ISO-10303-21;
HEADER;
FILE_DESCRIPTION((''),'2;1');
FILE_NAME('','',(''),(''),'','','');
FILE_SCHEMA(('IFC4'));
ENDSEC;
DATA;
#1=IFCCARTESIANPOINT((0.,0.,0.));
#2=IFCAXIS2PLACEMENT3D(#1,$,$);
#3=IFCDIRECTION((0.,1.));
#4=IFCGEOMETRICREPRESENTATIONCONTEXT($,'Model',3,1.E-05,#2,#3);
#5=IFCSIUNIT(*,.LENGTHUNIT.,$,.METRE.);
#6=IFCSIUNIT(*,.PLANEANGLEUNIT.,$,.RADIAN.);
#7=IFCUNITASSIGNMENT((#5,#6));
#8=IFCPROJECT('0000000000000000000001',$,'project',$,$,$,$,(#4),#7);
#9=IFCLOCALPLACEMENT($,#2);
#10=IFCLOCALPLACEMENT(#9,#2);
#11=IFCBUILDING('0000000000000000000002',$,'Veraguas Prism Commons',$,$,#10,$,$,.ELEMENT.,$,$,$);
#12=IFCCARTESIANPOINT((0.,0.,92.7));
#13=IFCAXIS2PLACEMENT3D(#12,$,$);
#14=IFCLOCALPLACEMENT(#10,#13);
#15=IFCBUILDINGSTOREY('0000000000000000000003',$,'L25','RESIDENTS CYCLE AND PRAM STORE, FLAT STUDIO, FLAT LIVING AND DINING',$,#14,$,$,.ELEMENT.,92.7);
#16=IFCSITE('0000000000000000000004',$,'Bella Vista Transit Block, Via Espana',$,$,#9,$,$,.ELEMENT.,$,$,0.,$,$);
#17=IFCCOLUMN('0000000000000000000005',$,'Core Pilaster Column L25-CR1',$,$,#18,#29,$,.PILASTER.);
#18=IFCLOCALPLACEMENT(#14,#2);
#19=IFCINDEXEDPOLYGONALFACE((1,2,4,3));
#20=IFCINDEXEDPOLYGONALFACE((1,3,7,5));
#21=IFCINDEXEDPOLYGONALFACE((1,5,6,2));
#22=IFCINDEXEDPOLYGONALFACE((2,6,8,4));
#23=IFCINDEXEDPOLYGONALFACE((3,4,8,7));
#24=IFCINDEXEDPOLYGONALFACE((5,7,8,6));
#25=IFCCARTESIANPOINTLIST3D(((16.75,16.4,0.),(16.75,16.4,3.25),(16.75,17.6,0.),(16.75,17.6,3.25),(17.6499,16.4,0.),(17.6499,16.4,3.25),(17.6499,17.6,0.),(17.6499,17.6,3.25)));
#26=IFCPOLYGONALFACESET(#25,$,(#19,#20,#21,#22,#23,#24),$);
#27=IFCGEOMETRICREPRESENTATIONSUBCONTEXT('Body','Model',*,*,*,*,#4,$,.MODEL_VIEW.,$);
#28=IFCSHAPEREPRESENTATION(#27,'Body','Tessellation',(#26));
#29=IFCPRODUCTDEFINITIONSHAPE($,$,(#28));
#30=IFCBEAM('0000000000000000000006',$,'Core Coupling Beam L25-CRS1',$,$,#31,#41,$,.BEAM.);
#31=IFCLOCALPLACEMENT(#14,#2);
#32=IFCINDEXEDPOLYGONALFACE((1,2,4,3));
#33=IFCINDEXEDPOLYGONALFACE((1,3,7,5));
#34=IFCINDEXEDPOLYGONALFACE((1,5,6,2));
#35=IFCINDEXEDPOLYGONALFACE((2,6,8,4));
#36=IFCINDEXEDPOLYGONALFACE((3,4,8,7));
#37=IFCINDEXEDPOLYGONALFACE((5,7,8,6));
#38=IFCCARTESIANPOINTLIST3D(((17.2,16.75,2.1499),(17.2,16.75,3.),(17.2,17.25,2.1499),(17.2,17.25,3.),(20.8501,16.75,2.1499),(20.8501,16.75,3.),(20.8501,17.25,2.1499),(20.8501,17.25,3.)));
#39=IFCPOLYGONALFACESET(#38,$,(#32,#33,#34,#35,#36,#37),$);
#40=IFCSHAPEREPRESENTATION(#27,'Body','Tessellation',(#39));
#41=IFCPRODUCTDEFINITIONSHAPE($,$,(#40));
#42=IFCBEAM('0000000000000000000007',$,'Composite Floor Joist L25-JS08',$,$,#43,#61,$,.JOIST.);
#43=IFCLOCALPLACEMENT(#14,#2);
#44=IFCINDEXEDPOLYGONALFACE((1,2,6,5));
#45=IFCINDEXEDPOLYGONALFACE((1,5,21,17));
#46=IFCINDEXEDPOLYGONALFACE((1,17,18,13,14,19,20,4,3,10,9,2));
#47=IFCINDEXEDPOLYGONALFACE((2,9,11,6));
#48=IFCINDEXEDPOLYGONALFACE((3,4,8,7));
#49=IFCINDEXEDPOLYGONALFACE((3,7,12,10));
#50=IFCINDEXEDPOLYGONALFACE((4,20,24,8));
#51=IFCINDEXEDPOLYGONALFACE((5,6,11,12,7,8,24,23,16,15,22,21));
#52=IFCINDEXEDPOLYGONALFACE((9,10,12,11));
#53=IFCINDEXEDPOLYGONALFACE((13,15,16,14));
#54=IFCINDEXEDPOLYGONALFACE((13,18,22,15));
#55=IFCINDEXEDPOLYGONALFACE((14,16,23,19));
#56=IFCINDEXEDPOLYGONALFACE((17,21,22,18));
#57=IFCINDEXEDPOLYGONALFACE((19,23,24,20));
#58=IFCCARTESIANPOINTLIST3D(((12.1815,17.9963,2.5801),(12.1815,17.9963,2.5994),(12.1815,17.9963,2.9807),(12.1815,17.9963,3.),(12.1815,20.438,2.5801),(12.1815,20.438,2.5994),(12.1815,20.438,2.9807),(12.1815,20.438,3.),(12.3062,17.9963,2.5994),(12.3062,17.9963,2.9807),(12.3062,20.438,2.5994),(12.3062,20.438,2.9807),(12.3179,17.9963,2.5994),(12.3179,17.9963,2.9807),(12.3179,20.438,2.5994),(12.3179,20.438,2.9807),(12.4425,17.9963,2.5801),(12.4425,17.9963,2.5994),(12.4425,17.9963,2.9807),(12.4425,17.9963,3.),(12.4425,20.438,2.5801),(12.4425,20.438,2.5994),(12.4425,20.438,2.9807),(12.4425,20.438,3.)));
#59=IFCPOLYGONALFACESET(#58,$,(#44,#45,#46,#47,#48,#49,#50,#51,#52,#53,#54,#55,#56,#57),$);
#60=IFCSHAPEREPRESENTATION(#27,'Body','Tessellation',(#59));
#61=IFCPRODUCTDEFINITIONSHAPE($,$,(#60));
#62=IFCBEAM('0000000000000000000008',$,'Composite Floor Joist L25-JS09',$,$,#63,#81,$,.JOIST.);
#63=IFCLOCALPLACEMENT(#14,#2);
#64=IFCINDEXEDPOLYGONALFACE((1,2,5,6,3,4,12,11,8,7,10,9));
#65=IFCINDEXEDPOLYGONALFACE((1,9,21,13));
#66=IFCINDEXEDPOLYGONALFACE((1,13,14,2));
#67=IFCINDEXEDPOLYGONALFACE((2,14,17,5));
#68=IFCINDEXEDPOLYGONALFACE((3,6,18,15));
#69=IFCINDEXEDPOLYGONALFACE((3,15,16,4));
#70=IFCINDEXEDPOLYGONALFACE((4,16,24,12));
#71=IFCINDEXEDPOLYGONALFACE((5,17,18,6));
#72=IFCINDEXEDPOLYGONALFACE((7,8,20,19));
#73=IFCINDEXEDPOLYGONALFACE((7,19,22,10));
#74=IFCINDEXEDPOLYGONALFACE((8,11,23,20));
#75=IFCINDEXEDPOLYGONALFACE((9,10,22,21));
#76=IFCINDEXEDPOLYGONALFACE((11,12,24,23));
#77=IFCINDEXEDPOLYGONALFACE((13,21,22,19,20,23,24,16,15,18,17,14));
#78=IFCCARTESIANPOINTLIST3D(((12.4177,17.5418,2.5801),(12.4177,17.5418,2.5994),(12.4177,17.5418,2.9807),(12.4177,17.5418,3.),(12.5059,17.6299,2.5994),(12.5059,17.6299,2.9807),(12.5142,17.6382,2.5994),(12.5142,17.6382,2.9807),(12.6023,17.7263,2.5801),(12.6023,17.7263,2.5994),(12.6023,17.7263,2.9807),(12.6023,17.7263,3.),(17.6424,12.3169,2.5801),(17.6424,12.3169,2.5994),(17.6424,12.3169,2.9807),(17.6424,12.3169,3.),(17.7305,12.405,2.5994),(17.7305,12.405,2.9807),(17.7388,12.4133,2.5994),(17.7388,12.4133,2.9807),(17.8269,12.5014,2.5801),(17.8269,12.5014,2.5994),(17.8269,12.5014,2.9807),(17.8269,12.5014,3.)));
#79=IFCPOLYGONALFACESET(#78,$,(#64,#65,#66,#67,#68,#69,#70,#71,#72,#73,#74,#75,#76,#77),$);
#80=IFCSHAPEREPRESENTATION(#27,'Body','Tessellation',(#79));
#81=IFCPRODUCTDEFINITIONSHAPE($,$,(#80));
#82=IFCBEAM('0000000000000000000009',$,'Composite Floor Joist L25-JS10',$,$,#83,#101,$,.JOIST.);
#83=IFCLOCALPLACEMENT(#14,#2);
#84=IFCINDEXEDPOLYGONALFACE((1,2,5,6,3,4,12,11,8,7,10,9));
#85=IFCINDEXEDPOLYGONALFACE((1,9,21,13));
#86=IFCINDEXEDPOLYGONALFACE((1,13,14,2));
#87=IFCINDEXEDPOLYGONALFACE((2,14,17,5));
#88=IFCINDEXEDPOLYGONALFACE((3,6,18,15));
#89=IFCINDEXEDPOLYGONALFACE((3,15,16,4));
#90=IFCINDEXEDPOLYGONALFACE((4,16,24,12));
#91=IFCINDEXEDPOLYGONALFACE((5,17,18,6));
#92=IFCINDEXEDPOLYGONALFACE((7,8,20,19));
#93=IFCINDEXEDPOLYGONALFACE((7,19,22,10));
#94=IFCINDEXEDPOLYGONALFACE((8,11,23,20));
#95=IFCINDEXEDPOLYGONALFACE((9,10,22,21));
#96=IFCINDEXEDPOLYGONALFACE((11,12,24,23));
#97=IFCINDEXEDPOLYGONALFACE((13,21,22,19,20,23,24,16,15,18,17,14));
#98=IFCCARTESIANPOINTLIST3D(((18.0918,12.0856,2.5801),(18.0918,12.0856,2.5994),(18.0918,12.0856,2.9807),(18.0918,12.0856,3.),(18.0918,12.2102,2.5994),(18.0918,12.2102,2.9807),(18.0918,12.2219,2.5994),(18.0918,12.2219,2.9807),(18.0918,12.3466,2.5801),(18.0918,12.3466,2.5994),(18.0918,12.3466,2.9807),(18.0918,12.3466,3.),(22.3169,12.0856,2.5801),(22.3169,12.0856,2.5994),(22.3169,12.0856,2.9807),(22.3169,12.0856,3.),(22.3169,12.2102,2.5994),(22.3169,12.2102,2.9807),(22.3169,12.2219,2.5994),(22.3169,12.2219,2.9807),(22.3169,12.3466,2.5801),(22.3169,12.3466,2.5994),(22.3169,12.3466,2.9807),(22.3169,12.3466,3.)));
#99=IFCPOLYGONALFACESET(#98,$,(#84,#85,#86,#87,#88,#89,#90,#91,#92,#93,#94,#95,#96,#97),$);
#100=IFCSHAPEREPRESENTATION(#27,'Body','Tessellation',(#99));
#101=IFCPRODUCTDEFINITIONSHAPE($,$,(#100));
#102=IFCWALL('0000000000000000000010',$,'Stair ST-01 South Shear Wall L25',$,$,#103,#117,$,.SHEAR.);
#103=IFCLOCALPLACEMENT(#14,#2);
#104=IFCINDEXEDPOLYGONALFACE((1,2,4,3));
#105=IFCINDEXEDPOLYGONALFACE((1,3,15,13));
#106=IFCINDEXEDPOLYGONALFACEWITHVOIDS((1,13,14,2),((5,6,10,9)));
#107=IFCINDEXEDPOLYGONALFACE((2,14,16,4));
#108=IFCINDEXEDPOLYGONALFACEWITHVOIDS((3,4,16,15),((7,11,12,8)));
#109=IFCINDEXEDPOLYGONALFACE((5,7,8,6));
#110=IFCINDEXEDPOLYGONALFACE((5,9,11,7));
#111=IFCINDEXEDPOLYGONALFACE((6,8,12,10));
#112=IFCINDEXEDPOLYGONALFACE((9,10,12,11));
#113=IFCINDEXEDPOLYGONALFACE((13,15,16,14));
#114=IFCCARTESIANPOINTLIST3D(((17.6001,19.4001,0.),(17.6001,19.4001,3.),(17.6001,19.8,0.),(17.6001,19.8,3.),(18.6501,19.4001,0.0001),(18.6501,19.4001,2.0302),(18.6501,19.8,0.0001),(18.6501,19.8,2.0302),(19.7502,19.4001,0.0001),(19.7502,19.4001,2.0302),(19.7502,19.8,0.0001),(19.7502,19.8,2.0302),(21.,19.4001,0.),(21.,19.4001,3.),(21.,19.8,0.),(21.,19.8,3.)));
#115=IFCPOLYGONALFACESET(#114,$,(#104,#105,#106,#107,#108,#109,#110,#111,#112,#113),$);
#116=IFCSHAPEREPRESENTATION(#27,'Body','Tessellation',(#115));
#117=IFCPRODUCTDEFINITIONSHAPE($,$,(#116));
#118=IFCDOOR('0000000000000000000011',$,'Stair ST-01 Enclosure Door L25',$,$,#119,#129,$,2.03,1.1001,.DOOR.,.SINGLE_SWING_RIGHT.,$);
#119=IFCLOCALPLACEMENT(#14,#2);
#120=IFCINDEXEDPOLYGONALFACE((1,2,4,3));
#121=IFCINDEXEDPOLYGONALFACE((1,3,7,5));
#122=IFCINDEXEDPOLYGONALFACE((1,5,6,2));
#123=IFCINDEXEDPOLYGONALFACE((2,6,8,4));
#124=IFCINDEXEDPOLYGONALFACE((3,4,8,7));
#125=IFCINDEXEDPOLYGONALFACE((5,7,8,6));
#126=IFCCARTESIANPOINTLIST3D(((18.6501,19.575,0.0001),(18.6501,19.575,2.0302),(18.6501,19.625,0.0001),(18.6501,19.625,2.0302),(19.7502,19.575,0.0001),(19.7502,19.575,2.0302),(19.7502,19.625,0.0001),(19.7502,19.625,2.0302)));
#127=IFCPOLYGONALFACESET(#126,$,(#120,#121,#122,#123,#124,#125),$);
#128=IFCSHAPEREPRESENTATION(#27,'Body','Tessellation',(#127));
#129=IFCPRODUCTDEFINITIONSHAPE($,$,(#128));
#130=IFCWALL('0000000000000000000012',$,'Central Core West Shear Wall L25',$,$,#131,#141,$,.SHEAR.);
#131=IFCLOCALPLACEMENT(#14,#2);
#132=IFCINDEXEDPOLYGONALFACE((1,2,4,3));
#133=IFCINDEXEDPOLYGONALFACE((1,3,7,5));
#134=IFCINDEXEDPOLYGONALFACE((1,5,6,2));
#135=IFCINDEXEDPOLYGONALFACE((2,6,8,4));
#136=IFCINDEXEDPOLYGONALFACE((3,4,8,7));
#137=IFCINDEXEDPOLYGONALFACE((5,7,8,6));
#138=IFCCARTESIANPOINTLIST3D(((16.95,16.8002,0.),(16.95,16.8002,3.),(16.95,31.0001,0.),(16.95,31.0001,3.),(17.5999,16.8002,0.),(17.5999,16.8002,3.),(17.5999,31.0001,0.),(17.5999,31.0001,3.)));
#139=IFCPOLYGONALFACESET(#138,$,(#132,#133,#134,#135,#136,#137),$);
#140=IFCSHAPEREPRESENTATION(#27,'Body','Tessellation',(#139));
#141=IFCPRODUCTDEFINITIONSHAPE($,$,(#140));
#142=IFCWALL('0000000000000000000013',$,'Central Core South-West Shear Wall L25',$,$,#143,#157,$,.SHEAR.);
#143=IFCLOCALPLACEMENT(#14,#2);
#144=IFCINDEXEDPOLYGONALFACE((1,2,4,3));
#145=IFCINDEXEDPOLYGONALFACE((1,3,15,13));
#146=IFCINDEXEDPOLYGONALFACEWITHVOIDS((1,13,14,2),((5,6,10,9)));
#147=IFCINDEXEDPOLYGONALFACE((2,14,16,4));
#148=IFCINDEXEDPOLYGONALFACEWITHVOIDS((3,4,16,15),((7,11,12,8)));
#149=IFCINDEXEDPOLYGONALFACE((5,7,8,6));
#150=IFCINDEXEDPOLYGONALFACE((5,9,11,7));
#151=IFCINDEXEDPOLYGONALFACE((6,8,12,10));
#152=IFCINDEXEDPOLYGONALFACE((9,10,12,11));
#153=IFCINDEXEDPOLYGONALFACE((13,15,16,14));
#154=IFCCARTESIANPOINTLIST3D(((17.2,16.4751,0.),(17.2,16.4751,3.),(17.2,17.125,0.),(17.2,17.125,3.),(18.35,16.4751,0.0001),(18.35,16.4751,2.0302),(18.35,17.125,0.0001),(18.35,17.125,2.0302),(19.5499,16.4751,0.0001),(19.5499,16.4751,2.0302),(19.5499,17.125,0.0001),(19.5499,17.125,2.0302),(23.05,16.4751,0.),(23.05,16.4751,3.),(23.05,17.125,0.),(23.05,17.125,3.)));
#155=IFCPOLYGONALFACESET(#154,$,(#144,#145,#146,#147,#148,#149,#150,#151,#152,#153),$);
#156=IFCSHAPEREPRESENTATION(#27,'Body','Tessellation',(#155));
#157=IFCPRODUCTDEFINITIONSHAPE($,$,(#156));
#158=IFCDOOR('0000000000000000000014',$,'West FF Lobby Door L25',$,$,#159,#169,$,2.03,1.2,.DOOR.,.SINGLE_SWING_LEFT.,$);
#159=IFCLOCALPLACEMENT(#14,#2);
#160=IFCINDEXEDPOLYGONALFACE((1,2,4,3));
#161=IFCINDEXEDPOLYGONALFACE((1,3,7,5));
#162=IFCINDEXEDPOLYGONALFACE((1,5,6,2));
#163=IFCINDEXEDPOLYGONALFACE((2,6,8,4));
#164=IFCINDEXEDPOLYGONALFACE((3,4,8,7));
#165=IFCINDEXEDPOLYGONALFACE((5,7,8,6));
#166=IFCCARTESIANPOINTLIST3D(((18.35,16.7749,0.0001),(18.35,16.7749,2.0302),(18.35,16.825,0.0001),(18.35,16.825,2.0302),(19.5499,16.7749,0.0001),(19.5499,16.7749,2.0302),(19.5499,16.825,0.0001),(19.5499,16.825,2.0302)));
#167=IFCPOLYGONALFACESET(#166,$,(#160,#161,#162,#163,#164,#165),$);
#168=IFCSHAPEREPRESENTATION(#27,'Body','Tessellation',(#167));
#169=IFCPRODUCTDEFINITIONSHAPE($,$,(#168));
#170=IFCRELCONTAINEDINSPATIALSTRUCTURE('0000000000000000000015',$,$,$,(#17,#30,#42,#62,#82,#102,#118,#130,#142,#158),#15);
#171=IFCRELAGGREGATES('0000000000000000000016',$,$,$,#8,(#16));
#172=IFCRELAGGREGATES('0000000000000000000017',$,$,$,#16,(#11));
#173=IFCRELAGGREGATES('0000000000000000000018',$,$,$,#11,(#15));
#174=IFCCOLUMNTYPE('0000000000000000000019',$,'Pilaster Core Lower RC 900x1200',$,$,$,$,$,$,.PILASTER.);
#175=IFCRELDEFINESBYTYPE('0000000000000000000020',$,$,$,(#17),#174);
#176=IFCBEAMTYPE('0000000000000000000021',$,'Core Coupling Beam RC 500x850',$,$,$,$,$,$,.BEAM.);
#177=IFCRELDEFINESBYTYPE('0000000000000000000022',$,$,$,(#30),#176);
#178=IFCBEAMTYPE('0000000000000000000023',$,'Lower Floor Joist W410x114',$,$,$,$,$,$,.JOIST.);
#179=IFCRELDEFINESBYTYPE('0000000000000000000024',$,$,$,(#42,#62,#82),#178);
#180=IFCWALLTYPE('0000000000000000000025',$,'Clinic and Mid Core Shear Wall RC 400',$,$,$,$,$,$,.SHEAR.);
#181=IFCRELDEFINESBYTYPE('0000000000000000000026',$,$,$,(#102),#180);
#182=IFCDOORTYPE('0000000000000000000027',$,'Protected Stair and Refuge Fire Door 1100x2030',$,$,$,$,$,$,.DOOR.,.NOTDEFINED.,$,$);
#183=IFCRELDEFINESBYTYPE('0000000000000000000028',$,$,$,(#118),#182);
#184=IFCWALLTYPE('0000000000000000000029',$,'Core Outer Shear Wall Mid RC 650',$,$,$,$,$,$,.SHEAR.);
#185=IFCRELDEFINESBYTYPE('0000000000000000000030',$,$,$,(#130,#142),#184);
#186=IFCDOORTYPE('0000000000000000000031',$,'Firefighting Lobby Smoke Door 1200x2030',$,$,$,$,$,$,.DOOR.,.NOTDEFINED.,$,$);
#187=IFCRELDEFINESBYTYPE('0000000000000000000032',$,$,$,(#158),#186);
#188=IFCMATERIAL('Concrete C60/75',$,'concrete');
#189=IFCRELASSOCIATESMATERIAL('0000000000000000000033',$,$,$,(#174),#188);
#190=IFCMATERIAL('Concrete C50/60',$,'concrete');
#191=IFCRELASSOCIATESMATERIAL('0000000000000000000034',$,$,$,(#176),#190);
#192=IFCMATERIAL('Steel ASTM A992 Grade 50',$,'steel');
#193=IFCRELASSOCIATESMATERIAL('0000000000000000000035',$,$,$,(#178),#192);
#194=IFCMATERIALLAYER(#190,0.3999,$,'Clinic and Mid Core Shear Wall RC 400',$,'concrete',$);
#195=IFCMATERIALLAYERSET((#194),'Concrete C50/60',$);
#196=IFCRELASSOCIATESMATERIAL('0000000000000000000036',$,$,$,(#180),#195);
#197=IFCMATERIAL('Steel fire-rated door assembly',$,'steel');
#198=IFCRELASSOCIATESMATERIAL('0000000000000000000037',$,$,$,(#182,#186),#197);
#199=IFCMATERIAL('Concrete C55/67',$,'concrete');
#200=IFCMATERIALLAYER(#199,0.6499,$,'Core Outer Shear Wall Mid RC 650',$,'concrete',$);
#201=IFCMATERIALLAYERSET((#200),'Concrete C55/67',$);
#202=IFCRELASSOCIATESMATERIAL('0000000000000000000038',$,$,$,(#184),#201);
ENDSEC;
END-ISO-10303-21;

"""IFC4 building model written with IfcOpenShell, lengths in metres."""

from ifc_helpers import new_model, si_unit, direction, frame, frame_2d, origin, origin_2d, place, context, subcontext, project, spatial, rectangle, i_section, extrude, source, transform, mapped, material, layer, layer_set, material_profile, profile_set, type_object, element, fill, save


model = new_model("IFC4")

# Units and contexts
model_context = context("Model", 3, precision=1e-05, world=origin(), true_north=direction((0.0, 1.0)))
body_context = subcontext(model_context, "Body", "Model", "MODEL_VIEW")
ifc_project = project(units=[si_unit("LENGTHUNIT", "METRE"), si_unit("PLANEANGLEUNIT", "RADIAN")], contexts=[model_context])

# Site, building, storey
site_placement = place(None, origin())
site = spatial("IfcSite", under=ifc_project, at=site_placement, Name="Bella Vista Transit Block, Via Espana", CompositionType="ELEMENT", RefElevation=0.0)
building_placement = place(site_placement, origin())
building = spatial("IfcBuilding", under=site, at=building_placement, Name="Veraguas Prism Commons", CompositionType="ELEMENT")
storey_placement = place(building_placement, frame((0.0, 0.0, 92.7)))
storey = spatial("IfcBuildingStorey", under=building, at=storey_placement, Name="L25", Description="RESIDENTS CYCLE AND PRAM STORE, FLAT STUDIO, FLAT LIVING AND DINING", CompositionType="ELEMENT", Elevation=92.7)

# Column
ifc_material_1 = material(Name="Concrete C60/75", Category="concrete")
ifc_material_profile_1 = material_profile(ifc_material_1, rectangle(XDim=0.8999, YDim=1.2, at=origin_2d()), Name="RC900X1200")
ifc_profile_set_1 = profile_set([ifc_material_profile_1], Name="Concrete C60/75")
column_type = type_object("IfcColumnType", Name="Pilaster Core Lower RC 900x1200", PredefinedType="PILASTER", material=ifc_profile_set_1)
column_placement = place(storey_placement, frame((17.2, 17.0, 0.0), z_axis=(0.0, 0.0, 1.0), x_axis=(1.0, 0.0, 0.0)))
element("IfcColumn", 1, at=column_placement, inside=storey, type_object=column_type, Name="Core Pilaster Column L25-CR1", PredefinedType="PILASTER", context=body_context, shape_type="SweptSolid", body=[
    extrude(rectangle(XDim=0.8999, YDim=1.2, at=origin_2d()), origin(), (0.0, 0.0, 1.0), 3.25),
])

# Beams
ifc_material_2 = material(Name="Concrete C50/60", Category="concrete")
ifc_material_profile_2 = material_profile(ifc_material_2, rectangle(XDim=0.5, YDim=0.8501, at=origin_2d()), Name="RC500X850")
ifc_profile_set_2 = profile_set([ifc_material_profile_2], Name="Concrete C50/60")
beam_type_1 = type_object("IfcBeamType", Name="Core Coupling Beam RC 500x850", PredefinedType="BEAM", material=ifc_profile_set_2)
beam_1_placement = place(storey_placement, frame((17.2, 17.0, 2.575), z_axis=(1.0, 0.0, 0.0), x_axis=(0.0, 1.0, 0.0)))
element("IfcBeam", 2, at=beam_1_placement, inside=storey, type_object=beam_type_1, Name="Core Coupling Beam L25-CRS1", PredefinedType="BEAM", context=body_context, shape_type="SweptSolid", body=[
    extrude(rectangle(XDim=0.5, YDim=0.8501, at=origin_2d()), origin(), (0.0, 0.0, 1.0), 3.6501),
])
ifc_material_3 = material(Name="Steel ASTM A992 Grade 50", Category="steel")
ifc_material_profile_3 = material_profile(ifc_material_3, i_section(OverallWidth=0.261, OverallDepth=0.4199, WebThickness=0.0117, FlangeThickness=0.0193, at=origin_2d()), Name="W410X114")
ifc_profile_set_3 = profile_set([ifc_material_profile_3], Name="Steel ASTM A992 Grade 50")
beam_type_2 = type_object("IfcBeamType", Name="Lower Floor Joist W410x114", PredefinedType="JOIST", material=ifc_profile_set_3)
beam_2_placement = place(storey_placement, frame((12.312, 20.438, 2.79), z_axis=(0.0, -1.0, 0.0), x_axis=(1.0, 0.0, 0.0)))
element("IfcBeam", 3, at=beam_2_placement, inside=storey, type_object=beam_type_2, Name="Composite Floor Joist L25-JS08", PredefinedType="JOIST", context=body_context, shape_type="SweptSolid", body=[
    extrude(i_section(OverallWidth=0.261, OverallDepth=0.4199, WebThickness=0.0117, FlangeThickness=0.0193, at=origin_2d()), origin(), (0.0, 0.0, 1.0), 2.4417),
])
beam_3_placement = place(storey_placement, frame((12.51, 17.634, 2.79), z_axis=(0.70709, -0.707123, 0.0), x_axis=(0.707123, 0.70709, 0.0)))
element("IfcBeam", 4, at=beam_3_placement, inside=storey, type_object=beam_type_2, Name="Composite Floor Joist L25-JS09", PredefinedType="JOIST", context=body_context, shape_type="SweptSolid", body=[
    extrude(i_section(OverallWidth=0.261, OverallDepth=0.4199, WebThickness=0.0117, FlangeThickness=0.0193, at=origin_2d()), origin(), (0.0, 0.0, 1.0), 7.3889),
])
beam_4_placement = place(storey_placement, frame((18.0918, 12.2161, 2.79), z_axis=(1.0, 0.0, 0.0), x_axis=(0.0, 1.0, 0.0)))
element("IfcBeam", 5, at=beam_4_placement, inside=storey, type_object=beam_type_2, Name="Composite Floor Joist L25-JS10", PredefinedType="JOIST", context=body_context, shape_type="SweptSolid", body=[
    extrude(i_section(OverallWidth=0.261, OverallDepth=0.4199, WebThickness=0.0117, FlangeThickness=0.0193, at=origin_2d()), origin(), (0.0, 0.0, 1.0), 4.2251),
])

# Wall, opening, door
ifc_layer_1 = layer(ifc_material_2, 0.3999, Name="Clinic and Mid Core Shear Wall RC 400", Category="concrete")
ifc_layer_set_1 = layer_set([ifc_layer_1], Name="Concrete C50/60")
wall_type_1 = type_object("IfcWallType", Name="Clinic and Mid Core Shear Wall RC 400", PredefinedType="SHEAR", material=ifc_layer_set_1)
wall_1_placement = place(storey_placement, frame((17.6001, 19.6001, 0.0), z_axis=(0.0, 0.0, 1.0), x_axis=(1.0, 0.0, 0.0)))
wall_1 = element("IfcWall", 6, at=wall_1_placement, inside=storey, type_object=wall_type_1, Name="Stair ST-01 South Shear Wall L25", PredefinedType="SHEAR", context=body_context, shape_type="SweptSolid", body=[
    extrude(rectangle(XDim=3.3999, YDim=0.3999, at=frame_2d((1.7, 0.0))), origin(), (0.0, 0.0, 1.0), 3.0),
])
opening_1_placement = place(wall_1_placement, frame((1.05, 0.0, 0.0)))
opening_1 = element("IfcOpeningElement", 7, at=opening_1_placement, cuts=wall_1, PredefinedType="OPENING", context=body_context, shape_type="SweptSolid", body=[
    extrude(rectangle(XDim=1.1001, YDim=2.03, at=frame_2d((0.55, 1.0151))), frame((0.0, 0.21, 0.0), z_axis=(0.0, -1.0, 0.0), x_axis=(1.0, 0.0, 0.0)), (0.0, 0.0, 1.0), 0.4199),
])
ifc_material_4 = material(Name="Steel fire-rated door assembly", Category="steel")
door_type_1 = type_object("IfcDoorType", Name="Protected Stair and Refuge Fire Door 1100x2030", OperationType="NOTDEFINED", PredefinedType="DOOR", material=ifc_material_4)
shared_shape_1 = source(origin(), body_context, "Body", "SweptSolid", [
    extrude(rectangle(XDim=1.1001, YDim=2.03, at=frame_2d((0.55, 1.0151))), frame((0.0, 0.0249, 0.0), z_axis=(0.0, -1.0, 0.0), x_axis=(1.0, 0.0, 0.0)), (0.0, 0.0, 1.0), 0.05),
])
door_1_placement = place(opening_1_placement, origin())
door_1 = element("IfcDoor", 8, at=door_1_placement, inside=storey, type_object=door_type_1, Name="Stair ST-01 Enclosure Door L25", OperationType="SINGLE_SWING_RIGHT", OverallHeight=2.03, OverallWidth=1.1001, PredefinedType="DOOR", context=body_context, shape_type="MappedRepresentation", body=[
    mapped(shared_shape_1, transform((0.0, 0.0, 0.0), scale=1.0)),
])
fill(opening_1, door_1)

# Wall
ifc_material_5 = material(Name="Concrete C55/67", Category="concrete")
ifc_layer_2 = layer(ifc_material_5, 0.6499, Name="Core Outer Shear Wall Mid RC 650", Category="concrete")
ifc_layer_set_2 = layer_set([ifc_layer_2], Name="Concrete C55/67")
wall_type_2 = type_object("IfcWallType", Name="Core Outer Shear Wall Mid RC 650", PredefinedType="SHEAR", material=ifc_layer_set_2)
wall_2_placement = place(storey_placement, frame((17.2749, 16.8, 0.0), z_axis=(0.0, 0.0, 1.0), x_axis=(0.0, 1.0, 0.0)))
element("IfcWall", 9, at=wall_2_placement, inside=storey, type_object=wall_type_2, Name="Central Core West Shear Wall L25", PredefinedType="SHEAR", context=body_context, shape_type="SweptSolid", body=[
    extrude(rectangle(XDim=14.2, YDim=0.6499, at=frame_2d((7.1001, 0.0))), origin(), (0.0, 0.0, 1.0), 3.0),
])

# Wall, opening, door
wall_3_placement = place(storey_placement, frame((17.2, 16.8, 0.0), z_axis=(0.0, 0.0, 1.0), x_axis=(1.0, 0.0, 0.0)))
wall_3 = element("IfcWall", 10, at=wall_3_placement, inside=storey, type_object=wall_type_2, Name="Central Core South-West Shear Wall L25", PredefinedType="SHEAR", context=body_context, shape_type="SweptSolid", body=[
    extrude(rectangle(XDim=5.8501, YDim=0.6499, at=frame_2d((2.925, 0.0))), origin(), (0.0, 0.0, 1.0), 3.0),
])
opening_2_placement = place(wall_3_placement, frame((1.1499, 0.0, 0.0)))
opening_2 = element("IfcOpeningElement", 11, at=opening_2_placement, cuts=wall_3, PredefinedType="OPENING", context=body_context, shape_type="SweptSolid", body=[
    extrude(rectangle(XDim=1.2, YDim=2.03, at=frame_2d((0.6001, 1.0151))), frame((0.0, 0.335, 0.0), z_axis=(0.0, -1.0, 0.0), x_axis=(1.0, 0.0, 0.0)), (0.0, 0.0, 1.0), 0.6699),
])
door_type_2 = type_object("IfcDoorType", Name="Firefighting Lobby Smoke Door 1200x2030", OperationType="NOTDEFINED", PredefinedType="DOOR", material=ifc_material_4)
shared_shape_2 = source(origin(), body_context, "Body", "SweptSolid", [
    extrude(rectangle(XDim=1.2, YDim=2.03, at=frame_2d((0.6001, 1.0151))), frame((0.0, 0.0249, 0.0), z_axis=(0.0, -1.0, 0.0), x_axis=(1.0, 0.0, 0.0)), (0.0, 0.0, 1.0), 0.05),
])
door_2_placement = place(opening_2_placement, origin())
door_2 = element("IfcDoor", 12, at=door_2_placement, inside=storey, type_object=door_type_2, Name="West FF Lobby Door L25", OperationType="SINGLE_SWING_LEFT", OverallHeight=2.03, OverallWidth=1.2, PredefinedType="DOOR", context=body_context, shape_type="MappedRepresentation", body=[
    mapped(shared_shape_2, transform((0.0, 0.0, 0.0), scale=1.0)),
])
fill(opening_2, door_2)

save(model, "model.ifc")
